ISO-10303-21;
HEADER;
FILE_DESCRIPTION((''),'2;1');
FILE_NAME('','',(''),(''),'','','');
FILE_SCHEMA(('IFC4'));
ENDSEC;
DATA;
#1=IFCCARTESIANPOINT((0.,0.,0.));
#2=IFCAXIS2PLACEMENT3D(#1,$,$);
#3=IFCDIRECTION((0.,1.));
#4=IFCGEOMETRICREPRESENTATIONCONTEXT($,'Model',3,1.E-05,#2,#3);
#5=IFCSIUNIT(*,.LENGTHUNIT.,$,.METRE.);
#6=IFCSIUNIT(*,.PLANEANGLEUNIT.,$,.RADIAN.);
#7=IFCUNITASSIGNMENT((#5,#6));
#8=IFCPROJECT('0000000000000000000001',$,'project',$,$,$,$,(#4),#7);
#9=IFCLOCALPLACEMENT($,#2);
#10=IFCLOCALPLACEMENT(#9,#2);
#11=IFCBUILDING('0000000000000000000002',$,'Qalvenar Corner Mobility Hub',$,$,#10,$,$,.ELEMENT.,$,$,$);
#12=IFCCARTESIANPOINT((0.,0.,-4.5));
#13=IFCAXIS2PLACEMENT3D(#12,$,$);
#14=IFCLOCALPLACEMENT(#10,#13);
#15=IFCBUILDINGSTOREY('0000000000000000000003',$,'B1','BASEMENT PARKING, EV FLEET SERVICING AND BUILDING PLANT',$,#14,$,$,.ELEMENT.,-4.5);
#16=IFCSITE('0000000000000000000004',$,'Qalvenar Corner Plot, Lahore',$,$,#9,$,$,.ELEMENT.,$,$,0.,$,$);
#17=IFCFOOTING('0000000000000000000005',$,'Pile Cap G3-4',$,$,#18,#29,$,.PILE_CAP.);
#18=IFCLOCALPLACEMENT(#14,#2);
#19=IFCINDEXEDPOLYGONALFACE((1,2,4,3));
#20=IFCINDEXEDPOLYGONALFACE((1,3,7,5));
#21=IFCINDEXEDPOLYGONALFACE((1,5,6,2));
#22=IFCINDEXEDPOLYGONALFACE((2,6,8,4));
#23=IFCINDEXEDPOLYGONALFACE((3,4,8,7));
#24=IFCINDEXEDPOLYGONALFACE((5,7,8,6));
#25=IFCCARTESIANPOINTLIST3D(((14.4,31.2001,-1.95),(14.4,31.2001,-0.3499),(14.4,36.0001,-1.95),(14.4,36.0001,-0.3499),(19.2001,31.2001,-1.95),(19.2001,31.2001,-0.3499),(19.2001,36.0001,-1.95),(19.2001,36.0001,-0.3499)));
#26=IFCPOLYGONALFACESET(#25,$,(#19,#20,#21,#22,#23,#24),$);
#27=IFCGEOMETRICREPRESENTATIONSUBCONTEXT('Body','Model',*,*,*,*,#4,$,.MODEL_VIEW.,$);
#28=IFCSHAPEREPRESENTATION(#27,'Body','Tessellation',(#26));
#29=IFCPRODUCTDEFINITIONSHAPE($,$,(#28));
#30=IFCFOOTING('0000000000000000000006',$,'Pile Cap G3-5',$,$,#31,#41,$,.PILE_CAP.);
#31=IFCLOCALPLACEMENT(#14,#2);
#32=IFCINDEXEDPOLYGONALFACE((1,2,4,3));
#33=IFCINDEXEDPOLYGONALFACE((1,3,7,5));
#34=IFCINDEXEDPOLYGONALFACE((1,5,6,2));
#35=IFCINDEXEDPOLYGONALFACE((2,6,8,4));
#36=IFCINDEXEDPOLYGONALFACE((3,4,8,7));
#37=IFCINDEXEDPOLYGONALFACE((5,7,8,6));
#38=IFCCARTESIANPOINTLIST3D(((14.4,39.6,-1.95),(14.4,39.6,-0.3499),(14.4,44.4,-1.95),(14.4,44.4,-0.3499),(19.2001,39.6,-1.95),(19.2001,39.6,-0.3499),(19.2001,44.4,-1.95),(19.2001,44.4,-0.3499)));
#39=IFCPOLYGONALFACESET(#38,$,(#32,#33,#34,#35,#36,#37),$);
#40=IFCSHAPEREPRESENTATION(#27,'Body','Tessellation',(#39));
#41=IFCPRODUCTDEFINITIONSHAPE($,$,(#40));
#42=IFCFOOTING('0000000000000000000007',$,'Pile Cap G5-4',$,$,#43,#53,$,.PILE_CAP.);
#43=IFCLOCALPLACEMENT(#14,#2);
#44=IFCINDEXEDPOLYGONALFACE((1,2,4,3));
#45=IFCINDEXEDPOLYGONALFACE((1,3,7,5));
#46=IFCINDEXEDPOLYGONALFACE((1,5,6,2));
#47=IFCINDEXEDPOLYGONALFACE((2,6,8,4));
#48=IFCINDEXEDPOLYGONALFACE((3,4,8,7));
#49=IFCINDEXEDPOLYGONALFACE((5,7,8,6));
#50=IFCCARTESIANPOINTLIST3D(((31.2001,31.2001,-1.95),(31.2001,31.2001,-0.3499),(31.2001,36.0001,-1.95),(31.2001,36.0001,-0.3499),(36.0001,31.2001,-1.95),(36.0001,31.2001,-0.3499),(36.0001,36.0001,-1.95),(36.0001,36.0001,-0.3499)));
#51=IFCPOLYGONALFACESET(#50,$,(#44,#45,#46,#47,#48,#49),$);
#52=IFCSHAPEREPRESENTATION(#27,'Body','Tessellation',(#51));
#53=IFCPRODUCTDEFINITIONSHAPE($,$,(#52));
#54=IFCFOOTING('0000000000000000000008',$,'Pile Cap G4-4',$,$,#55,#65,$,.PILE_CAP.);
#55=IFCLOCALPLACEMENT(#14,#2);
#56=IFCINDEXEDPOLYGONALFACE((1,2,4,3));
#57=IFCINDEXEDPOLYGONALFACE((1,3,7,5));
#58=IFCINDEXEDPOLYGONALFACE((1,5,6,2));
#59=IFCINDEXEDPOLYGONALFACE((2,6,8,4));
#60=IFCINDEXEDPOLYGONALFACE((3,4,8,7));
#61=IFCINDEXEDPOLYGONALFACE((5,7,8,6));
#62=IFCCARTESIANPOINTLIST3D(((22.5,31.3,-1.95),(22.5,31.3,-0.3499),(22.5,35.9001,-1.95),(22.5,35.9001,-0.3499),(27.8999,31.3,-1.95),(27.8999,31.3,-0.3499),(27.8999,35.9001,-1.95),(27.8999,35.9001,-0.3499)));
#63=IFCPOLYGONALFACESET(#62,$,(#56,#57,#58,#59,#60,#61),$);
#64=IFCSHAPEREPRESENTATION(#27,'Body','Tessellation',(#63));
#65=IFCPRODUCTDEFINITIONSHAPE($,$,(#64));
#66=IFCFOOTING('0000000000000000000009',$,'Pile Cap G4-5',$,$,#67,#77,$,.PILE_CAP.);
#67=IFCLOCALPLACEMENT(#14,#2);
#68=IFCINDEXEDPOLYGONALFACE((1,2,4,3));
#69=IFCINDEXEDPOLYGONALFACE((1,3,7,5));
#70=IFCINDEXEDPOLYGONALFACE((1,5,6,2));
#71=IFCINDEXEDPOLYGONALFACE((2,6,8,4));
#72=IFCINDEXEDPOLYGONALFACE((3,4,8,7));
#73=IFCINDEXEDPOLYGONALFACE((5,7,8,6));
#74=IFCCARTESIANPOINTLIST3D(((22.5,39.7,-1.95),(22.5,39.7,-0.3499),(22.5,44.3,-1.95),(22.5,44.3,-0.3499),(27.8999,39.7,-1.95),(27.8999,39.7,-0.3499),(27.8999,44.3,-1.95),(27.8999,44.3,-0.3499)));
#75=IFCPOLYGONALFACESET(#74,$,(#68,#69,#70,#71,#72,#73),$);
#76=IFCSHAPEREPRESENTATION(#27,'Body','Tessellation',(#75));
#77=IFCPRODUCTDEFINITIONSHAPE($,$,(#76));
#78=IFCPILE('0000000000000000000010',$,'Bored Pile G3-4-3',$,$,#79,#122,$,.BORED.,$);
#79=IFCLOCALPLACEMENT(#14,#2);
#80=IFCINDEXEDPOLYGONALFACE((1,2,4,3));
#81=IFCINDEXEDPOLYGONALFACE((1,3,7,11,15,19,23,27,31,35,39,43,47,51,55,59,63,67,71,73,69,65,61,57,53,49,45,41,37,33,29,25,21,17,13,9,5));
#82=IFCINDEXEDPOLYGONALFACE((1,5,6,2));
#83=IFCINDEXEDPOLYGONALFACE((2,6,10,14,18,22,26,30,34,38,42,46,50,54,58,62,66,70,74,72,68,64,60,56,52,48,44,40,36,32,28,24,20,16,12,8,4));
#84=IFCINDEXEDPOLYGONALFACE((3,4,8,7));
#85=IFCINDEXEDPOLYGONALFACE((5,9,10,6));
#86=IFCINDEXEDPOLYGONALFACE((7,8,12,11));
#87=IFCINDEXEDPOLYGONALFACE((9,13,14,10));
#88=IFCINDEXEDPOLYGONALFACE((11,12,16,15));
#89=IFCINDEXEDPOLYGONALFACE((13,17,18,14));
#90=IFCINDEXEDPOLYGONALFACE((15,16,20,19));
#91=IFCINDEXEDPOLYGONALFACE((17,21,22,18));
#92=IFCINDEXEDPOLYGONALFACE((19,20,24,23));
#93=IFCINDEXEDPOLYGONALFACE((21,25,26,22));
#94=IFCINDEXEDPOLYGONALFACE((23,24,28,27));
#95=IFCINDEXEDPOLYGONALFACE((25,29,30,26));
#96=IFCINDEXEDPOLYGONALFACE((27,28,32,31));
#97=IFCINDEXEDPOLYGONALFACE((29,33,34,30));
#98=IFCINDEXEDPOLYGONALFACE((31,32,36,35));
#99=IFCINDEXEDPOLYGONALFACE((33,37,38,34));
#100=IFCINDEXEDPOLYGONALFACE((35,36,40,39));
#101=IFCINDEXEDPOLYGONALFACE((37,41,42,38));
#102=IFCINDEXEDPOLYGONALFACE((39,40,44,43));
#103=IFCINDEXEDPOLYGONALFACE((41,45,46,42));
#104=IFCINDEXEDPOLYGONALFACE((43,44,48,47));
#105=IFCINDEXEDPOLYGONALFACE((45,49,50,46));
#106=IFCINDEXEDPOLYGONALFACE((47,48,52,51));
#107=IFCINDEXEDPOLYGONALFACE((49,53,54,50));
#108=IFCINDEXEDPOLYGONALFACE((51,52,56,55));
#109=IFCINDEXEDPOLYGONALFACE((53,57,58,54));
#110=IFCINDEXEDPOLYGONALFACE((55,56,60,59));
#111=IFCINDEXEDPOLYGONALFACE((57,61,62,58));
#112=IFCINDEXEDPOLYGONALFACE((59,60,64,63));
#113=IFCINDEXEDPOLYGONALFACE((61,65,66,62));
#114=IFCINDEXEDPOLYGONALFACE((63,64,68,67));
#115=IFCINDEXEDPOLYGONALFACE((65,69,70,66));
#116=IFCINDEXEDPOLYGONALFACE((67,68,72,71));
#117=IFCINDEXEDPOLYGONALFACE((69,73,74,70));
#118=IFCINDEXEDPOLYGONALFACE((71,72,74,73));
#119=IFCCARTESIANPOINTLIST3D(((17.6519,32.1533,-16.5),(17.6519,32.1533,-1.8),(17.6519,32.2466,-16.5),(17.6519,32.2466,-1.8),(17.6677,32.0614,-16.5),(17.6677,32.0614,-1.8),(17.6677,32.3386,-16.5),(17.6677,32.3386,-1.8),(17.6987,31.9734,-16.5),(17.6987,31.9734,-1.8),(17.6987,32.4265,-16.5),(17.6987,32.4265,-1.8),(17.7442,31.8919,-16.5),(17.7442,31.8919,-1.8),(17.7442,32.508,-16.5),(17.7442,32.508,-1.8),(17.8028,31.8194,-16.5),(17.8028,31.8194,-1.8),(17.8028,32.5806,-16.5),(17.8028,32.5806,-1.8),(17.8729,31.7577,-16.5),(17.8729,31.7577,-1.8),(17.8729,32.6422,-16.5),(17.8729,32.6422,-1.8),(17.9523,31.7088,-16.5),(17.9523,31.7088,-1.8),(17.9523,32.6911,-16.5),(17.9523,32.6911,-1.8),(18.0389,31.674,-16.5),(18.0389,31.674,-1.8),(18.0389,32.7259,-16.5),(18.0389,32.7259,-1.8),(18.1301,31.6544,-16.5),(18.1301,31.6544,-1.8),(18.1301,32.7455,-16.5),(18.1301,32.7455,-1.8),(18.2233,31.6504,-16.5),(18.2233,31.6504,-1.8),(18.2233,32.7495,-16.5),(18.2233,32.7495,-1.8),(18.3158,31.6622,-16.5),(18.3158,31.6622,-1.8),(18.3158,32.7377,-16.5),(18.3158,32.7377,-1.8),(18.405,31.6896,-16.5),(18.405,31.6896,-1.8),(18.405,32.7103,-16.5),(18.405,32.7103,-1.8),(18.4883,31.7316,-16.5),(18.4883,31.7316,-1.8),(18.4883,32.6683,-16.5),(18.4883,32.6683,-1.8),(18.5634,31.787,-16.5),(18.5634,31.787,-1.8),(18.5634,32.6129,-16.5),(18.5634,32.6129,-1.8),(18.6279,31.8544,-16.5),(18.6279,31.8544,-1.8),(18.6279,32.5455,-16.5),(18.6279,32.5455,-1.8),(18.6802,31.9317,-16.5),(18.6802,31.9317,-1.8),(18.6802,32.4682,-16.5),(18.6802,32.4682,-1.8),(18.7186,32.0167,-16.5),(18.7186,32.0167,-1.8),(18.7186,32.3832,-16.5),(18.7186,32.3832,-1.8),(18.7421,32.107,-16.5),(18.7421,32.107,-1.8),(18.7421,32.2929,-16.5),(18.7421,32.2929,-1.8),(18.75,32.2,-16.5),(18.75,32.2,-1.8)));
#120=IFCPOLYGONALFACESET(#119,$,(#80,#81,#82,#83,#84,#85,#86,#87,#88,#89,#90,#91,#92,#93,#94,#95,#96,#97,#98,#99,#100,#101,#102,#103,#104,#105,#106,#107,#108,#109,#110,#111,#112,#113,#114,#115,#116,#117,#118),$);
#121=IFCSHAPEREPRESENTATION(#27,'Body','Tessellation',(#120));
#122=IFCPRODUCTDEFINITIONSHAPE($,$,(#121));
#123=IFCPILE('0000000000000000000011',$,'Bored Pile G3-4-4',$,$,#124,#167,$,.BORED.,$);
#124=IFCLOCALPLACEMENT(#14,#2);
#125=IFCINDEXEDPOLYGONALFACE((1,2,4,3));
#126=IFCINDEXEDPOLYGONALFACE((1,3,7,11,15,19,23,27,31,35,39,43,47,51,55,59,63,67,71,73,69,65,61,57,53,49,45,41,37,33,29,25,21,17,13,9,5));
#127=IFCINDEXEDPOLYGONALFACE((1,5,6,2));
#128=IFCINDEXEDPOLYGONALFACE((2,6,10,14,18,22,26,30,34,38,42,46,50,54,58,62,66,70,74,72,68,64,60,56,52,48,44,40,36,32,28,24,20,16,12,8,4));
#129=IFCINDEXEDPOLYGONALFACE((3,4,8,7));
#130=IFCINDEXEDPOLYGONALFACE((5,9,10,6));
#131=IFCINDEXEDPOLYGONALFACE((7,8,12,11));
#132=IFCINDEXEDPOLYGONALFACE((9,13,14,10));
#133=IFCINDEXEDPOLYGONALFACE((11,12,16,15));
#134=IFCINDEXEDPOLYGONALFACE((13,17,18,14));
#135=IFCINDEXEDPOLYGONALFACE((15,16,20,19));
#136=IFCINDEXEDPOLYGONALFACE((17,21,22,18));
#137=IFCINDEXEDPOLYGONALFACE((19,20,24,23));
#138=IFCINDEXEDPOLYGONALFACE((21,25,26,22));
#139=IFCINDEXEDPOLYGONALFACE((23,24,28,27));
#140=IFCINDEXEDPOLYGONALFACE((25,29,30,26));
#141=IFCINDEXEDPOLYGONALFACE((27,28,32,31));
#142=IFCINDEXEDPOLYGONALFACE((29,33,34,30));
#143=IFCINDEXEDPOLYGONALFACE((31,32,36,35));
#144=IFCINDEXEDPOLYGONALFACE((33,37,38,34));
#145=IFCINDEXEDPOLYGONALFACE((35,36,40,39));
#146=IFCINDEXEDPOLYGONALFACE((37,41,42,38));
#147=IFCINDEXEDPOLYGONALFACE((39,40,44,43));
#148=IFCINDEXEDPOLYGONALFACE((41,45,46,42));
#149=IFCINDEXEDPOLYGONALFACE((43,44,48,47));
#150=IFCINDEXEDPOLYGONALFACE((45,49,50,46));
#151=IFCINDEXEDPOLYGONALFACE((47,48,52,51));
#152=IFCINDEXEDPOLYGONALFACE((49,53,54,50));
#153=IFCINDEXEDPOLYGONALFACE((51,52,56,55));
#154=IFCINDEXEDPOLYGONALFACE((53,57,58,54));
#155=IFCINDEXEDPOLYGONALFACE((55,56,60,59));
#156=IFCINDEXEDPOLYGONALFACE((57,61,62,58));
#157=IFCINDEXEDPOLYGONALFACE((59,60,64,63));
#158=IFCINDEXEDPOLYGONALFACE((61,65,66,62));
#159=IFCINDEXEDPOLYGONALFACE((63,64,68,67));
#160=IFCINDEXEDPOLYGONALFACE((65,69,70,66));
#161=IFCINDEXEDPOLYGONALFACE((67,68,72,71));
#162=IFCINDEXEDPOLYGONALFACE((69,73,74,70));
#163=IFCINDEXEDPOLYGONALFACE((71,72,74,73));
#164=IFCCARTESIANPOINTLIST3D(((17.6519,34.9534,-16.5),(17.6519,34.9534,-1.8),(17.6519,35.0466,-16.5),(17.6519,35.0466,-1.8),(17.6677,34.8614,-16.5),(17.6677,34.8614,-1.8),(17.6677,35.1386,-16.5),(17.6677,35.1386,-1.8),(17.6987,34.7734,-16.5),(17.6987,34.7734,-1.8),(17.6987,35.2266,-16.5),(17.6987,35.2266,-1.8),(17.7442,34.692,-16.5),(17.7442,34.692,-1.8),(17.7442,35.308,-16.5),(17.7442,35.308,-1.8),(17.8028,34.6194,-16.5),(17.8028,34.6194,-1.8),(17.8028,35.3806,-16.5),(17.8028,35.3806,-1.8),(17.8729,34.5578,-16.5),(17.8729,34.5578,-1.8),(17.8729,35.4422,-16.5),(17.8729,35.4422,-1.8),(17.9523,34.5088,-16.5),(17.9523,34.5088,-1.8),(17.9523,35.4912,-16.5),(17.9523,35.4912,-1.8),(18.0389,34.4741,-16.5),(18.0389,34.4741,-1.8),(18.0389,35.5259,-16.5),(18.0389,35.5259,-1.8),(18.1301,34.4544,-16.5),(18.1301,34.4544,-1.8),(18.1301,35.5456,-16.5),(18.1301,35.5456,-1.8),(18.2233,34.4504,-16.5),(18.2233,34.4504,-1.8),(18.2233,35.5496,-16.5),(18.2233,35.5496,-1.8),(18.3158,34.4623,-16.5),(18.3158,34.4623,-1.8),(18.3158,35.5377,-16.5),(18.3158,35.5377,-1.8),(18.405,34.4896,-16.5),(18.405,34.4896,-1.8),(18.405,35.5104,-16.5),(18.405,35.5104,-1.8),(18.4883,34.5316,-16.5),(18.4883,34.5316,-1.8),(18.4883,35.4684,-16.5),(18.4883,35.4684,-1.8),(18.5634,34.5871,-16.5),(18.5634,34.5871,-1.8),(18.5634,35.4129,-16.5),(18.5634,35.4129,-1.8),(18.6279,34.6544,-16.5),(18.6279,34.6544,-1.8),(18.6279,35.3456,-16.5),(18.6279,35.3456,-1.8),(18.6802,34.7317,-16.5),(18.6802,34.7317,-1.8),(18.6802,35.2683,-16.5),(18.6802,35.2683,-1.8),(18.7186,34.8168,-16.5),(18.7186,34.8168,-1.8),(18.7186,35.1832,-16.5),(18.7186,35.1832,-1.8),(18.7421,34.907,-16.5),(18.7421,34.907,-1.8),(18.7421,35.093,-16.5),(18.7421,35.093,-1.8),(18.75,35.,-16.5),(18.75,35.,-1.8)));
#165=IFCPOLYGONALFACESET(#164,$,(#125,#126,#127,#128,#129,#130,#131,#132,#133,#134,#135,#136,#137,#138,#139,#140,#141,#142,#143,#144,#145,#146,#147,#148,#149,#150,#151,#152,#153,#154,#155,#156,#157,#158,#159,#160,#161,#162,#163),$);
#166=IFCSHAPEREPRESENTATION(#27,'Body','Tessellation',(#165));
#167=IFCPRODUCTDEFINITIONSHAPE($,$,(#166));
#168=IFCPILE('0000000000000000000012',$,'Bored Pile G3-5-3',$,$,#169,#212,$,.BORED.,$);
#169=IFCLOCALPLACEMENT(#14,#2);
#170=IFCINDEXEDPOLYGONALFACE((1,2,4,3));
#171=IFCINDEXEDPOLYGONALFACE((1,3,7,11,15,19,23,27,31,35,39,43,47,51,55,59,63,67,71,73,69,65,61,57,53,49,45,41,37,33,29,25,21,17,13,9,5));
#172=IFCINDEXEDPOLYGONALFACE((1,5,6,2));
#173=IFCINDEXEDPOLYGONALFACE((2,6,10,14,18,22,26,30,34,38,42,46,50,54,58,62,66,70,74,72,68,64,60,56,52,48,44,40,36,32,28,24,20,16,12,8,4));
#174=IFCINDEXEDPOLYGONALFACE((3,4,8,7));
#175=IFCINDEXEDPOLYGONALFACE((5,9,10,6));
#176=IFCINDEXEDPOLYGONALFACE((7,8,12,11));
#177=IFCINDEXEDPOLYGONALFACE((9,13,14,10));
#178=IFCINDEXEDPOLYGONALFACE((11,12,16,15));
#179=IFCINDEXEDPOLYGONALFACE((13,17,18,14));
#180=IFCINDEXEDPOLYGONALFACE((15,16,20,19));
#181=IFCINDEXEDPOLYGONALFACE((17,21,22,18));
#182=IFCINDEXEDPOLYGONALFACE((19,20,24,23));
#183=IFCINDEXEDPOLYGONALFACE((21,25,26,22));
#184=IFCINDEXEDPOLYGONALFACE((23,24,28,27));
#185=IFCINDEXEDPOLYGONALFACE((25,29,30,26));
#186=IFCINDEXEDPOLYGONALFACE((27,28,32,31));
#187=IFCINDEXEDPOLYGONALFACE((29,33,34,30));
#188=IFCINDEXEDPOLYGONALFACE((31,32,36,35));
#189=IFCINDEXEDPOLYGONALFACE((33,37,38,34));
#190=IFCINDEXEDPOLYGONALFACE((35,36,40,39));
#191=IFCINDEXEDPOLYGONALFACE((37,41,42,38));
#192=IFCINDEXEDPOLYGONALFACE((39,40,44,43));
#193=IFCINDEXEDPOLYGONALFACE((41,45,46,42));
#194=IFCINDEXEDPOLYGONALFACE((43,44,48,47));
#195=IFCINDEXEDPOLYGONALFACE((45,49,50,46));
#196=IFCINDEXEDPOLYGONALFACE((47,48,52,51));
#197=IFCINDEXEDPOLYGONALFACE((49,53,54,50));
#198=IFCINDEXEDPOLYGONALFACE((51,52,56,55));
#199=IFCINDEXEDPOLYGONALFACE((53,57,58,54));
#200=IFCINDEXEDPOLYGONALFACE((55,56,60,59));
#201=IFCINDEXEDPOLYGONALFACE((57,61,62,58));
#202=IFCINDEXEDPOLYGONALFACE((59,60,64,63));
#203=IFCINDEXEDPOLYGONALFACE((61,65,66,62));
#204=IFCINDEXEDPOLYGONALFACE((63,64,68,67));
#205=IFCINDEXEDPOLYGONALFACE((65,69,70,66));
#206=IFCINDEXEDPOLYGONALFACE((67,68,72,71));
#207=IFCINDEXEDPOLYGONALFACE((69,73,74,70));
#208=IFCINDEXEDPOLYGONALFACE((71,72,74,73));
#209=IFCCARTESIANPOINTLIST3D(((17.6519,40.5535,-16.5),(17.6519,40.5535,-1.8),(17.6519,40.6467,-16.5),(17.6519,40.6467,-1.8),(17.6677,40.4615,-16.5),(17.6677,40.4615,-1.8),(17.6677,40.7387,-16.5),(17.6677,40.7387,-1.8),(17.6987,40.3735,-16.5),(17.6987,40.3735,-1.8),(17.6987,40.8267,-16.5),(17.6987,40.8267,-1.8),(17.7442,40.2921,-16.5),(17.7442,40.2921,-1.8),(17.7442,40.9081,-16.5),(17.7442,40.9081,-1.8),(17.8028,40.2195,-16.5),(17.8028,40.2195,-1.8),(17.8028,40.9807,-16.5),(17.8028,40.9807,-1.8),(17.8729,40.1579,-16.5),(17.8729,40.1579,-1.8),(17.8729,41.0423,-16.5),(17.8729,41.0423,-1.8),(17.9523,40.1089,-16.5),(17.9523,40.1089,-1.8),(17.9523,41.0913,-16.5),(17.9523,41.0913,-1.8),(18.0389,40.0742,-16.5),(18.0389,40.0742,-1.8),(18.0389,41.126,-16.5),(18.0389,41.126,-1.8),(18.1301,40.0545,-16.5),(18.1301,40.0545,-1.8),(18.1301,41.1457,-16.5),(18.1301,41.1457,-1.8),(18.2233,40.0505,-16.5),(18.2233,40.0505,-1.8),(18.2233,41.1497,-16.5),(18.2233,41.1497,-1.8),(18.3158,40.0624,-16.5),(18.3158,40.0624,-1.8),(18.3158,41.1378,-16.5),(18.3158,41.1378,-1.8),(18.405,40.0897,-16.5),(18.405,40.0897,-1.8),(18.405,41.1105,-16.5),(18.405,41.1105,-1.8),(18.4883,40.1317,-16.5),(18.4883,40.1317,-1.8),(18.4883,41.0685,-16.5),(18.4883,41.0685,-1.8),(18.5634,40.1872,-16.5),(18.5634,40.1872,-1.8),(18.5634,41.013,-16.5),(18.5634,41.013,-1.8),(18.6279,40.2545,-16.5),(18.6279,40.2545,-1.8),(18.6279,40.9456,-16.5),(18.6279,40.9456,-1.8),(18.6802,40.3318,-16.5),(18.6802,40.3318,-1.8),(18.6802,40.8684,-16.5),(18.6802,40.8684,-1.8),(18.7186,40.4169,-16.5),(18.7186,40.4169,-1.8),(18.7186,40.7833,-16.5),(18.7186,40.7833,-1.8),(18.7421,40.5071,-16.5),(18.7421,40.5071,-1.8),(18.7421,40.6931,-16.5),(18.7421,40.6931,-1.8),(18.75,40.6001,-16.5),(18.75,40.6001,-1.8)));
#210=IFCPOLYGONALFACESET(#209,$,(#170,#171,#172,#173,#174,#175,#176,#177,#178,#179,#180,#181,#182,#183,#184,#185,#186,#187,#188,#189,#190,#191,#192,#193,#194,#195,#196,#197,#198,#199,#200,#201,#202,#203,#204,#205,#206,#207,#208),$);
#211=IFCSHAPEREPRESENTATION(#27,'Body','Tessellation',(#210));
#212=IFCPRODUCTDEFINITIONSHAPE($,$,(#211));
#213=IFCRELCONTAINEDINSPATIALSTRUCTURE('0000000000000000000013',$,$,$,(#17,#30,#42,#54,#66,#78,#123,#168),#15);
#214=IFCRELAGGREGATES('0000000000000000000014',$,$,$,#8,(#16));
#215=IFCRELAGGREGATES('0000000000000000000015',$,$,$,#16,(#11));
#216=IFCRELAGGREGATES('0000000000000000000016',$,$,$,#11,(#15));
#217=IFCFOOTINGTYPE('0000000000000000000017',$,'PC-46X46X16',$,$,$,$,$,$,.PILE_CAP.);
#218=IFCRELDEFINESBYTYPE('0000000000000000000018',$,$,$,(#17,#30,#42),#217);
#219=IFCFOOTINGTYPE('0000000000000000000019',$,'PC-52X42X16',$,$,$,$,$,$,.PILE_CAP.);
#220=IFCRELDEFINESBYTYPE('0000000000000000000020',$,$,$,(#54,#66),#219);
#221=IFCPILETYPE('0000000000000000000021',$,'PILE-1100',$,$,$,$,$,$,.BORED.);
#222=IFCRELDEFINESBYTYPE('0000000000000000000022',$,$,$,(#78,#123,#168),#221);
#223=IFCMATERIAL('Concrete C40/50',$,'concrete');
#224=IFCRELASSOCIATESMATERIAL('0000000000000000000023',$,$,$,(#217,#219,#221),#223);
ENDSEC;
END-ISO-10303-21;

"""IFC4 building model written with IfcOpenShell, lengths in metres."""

from ifc_helpers import new_model, si_unit, direction, frame, origin, origin_2d, place, context, subcontext, project, spatial, rectangle, circle, extrude, material, material_profile, profile_set, type_object, element, save


model = new_model("IFC4")

# Units and contexts
model_context = context("Model", 3, precision=1e-05, world=origin(), true_north=direction((0.0, 1.0)))
body_context = subcontext(model_context, "Body", "Model", "MODEL_VIEW")
ifc_project = project(units=[si_unit("LENGTHUNIT", "METRE"), si_unit("PLANEANGLEUNIT", "RADIAN")], contexts=[model_context])

# Site, building, storey
site_placement = place(None, origin())
site = spatial("IfcSite", under=ifc_project, at=site_placement, Name="Qalvenar Corner Plot, Lahore", CompositionType="ELEMENT", RefElevation=0.0)
building_placement = place(site_placement, origin())
building = spatial("IfcBuilding", under=site, at=building_placement, Name="Qalvenar Corner Mobility Hub", CompositionType="ELEMENT")
storey_placement = place(building_placement, frame((0.0, 0.0, -4.5)))
storey = spatial("IfcBuildingStorey", under=building, at=storey_placement, Name="B1", Description="BASEMENT PARKING, EV FLEET SERVICING AND BUILDING PLANT", CompositionType="ELEMENT", Elevation=-4.5)

# Footings
ifc_material_1 = material(Name="Concrete C40/50", Category="concrete")
footing_type_1 = type_object("IfcFootingType", Name="PC-46X46X16", PredefinedType="PILE_CAP", material=ifc_material_1)
for number, where, z_axis, x_axis, name in (
    (1, (16.8, 33.6001, -1.95), (0.0, 0.0, 1.0), (1.0, 0.0, 0.0), "Pile Cap G3-4"),
    (2, (16.8, 42.0, -1.95), (0.0, 0.0, 1.0), (1.0, 0.0, 0.0), "Pile Cap G3-5"),
    (3, (33.6001, 33.6001, -1.95), (0.0, 0.0, 1.0), (1.0, 0.0, 0.0), "Pile Cap G5-4"),
):
    element("IfcFooting", number, at=place(storey_placement, frame(where, z_axis=z_axis, x_axis=x_axis)), inside=storey, type_object=footing_type_1, Name=name, PredefinedType="PILE_CAP", context=body_context, shape_type="SweptSolid", body=[
        extrude(rectangle(XDim=4.8, YDim=4.8, at=origin_2d()), origin(), (0.0, 0.0, 1.0), 1.6001),
    ])
footing_type_2 = type_object("IfcFootingType", Name="PC-52X42X16", PredefinedType="PILE_CAP", material=ifc_material_1)
for number, where, z_axis, x_axis, name in (
    (4, (25.2, 33.6001, -1.95), (0.0, 0.0, 1.0), (1.0, 0.0, 0.0), "Pile Cap G4-4"),
    (5, (25.2, 42.0, -1.95), (0.0, 0.0, 1.0), (1.0, 0.0, 0.0), "Pile Cap G4-5"),
):
    element("IfcFooting", number, at=place(storey_placement, frame(where, z_axis=z_axis, x_axis=x_axis)), inside=storey, type_object=footing_type_2, Name=name, PredefinedType="PILE_CAP", context=body_context, shape_type="SweptSolid", body=[
        extrude(rectangle(XDim=5.3999, YDim=4.6001, at=origin_2d()), origin(), (0.0, 0.0, 1.0), 1.6001),
    ])

# Piles
ifc_material_profile_1 = material_profile(ifc_material_1, circle(Radius=0.55, at=origin_2d()), Name="DIA1100")
ifc_profile_set_1 = profile_set([ifc_material_profile_1], Name="Concrete C40/50")
pile_type = type_object("IfcPileType", Name="PILE-1100", PredefinedType="BORED", material=ifc_profile_set_1)
for number, where, z_axis, x_axis, name in (
    (6, (18.2, 32.2, -1.8), (0.0, 0.0, -1.0), (1.0, 0.0, 0.0), "Bored Pile G3-4-3"),
    (7, (18.2, 35.0, -1.8), (0.0, 0.0, -1.0), (1.0, 0.0, 0.0), "Bored Pile G3-4-4"),
    (8, (18.2, 40.6001, -1.8), (0.0, 0.0, -1.0), (1.0, 0.0, 0.0), "Bored Pile G3-5-3"),
):
    element("IfcPile", number, at=place(storey_placement, frame(where, z_axis=z_axis, x_axis=x_axis)), inside=storey, type_object=pile_type, Name=name, PredefinedType="BORED", context=body_context, shape_type="SweptSolid", body=[
        extrude(circle(Radius=0.55, at=origin_2d()), origin(), (0.0, 0.0, 1.0), 14.7),
    ])

save(model, "model.ifc")
